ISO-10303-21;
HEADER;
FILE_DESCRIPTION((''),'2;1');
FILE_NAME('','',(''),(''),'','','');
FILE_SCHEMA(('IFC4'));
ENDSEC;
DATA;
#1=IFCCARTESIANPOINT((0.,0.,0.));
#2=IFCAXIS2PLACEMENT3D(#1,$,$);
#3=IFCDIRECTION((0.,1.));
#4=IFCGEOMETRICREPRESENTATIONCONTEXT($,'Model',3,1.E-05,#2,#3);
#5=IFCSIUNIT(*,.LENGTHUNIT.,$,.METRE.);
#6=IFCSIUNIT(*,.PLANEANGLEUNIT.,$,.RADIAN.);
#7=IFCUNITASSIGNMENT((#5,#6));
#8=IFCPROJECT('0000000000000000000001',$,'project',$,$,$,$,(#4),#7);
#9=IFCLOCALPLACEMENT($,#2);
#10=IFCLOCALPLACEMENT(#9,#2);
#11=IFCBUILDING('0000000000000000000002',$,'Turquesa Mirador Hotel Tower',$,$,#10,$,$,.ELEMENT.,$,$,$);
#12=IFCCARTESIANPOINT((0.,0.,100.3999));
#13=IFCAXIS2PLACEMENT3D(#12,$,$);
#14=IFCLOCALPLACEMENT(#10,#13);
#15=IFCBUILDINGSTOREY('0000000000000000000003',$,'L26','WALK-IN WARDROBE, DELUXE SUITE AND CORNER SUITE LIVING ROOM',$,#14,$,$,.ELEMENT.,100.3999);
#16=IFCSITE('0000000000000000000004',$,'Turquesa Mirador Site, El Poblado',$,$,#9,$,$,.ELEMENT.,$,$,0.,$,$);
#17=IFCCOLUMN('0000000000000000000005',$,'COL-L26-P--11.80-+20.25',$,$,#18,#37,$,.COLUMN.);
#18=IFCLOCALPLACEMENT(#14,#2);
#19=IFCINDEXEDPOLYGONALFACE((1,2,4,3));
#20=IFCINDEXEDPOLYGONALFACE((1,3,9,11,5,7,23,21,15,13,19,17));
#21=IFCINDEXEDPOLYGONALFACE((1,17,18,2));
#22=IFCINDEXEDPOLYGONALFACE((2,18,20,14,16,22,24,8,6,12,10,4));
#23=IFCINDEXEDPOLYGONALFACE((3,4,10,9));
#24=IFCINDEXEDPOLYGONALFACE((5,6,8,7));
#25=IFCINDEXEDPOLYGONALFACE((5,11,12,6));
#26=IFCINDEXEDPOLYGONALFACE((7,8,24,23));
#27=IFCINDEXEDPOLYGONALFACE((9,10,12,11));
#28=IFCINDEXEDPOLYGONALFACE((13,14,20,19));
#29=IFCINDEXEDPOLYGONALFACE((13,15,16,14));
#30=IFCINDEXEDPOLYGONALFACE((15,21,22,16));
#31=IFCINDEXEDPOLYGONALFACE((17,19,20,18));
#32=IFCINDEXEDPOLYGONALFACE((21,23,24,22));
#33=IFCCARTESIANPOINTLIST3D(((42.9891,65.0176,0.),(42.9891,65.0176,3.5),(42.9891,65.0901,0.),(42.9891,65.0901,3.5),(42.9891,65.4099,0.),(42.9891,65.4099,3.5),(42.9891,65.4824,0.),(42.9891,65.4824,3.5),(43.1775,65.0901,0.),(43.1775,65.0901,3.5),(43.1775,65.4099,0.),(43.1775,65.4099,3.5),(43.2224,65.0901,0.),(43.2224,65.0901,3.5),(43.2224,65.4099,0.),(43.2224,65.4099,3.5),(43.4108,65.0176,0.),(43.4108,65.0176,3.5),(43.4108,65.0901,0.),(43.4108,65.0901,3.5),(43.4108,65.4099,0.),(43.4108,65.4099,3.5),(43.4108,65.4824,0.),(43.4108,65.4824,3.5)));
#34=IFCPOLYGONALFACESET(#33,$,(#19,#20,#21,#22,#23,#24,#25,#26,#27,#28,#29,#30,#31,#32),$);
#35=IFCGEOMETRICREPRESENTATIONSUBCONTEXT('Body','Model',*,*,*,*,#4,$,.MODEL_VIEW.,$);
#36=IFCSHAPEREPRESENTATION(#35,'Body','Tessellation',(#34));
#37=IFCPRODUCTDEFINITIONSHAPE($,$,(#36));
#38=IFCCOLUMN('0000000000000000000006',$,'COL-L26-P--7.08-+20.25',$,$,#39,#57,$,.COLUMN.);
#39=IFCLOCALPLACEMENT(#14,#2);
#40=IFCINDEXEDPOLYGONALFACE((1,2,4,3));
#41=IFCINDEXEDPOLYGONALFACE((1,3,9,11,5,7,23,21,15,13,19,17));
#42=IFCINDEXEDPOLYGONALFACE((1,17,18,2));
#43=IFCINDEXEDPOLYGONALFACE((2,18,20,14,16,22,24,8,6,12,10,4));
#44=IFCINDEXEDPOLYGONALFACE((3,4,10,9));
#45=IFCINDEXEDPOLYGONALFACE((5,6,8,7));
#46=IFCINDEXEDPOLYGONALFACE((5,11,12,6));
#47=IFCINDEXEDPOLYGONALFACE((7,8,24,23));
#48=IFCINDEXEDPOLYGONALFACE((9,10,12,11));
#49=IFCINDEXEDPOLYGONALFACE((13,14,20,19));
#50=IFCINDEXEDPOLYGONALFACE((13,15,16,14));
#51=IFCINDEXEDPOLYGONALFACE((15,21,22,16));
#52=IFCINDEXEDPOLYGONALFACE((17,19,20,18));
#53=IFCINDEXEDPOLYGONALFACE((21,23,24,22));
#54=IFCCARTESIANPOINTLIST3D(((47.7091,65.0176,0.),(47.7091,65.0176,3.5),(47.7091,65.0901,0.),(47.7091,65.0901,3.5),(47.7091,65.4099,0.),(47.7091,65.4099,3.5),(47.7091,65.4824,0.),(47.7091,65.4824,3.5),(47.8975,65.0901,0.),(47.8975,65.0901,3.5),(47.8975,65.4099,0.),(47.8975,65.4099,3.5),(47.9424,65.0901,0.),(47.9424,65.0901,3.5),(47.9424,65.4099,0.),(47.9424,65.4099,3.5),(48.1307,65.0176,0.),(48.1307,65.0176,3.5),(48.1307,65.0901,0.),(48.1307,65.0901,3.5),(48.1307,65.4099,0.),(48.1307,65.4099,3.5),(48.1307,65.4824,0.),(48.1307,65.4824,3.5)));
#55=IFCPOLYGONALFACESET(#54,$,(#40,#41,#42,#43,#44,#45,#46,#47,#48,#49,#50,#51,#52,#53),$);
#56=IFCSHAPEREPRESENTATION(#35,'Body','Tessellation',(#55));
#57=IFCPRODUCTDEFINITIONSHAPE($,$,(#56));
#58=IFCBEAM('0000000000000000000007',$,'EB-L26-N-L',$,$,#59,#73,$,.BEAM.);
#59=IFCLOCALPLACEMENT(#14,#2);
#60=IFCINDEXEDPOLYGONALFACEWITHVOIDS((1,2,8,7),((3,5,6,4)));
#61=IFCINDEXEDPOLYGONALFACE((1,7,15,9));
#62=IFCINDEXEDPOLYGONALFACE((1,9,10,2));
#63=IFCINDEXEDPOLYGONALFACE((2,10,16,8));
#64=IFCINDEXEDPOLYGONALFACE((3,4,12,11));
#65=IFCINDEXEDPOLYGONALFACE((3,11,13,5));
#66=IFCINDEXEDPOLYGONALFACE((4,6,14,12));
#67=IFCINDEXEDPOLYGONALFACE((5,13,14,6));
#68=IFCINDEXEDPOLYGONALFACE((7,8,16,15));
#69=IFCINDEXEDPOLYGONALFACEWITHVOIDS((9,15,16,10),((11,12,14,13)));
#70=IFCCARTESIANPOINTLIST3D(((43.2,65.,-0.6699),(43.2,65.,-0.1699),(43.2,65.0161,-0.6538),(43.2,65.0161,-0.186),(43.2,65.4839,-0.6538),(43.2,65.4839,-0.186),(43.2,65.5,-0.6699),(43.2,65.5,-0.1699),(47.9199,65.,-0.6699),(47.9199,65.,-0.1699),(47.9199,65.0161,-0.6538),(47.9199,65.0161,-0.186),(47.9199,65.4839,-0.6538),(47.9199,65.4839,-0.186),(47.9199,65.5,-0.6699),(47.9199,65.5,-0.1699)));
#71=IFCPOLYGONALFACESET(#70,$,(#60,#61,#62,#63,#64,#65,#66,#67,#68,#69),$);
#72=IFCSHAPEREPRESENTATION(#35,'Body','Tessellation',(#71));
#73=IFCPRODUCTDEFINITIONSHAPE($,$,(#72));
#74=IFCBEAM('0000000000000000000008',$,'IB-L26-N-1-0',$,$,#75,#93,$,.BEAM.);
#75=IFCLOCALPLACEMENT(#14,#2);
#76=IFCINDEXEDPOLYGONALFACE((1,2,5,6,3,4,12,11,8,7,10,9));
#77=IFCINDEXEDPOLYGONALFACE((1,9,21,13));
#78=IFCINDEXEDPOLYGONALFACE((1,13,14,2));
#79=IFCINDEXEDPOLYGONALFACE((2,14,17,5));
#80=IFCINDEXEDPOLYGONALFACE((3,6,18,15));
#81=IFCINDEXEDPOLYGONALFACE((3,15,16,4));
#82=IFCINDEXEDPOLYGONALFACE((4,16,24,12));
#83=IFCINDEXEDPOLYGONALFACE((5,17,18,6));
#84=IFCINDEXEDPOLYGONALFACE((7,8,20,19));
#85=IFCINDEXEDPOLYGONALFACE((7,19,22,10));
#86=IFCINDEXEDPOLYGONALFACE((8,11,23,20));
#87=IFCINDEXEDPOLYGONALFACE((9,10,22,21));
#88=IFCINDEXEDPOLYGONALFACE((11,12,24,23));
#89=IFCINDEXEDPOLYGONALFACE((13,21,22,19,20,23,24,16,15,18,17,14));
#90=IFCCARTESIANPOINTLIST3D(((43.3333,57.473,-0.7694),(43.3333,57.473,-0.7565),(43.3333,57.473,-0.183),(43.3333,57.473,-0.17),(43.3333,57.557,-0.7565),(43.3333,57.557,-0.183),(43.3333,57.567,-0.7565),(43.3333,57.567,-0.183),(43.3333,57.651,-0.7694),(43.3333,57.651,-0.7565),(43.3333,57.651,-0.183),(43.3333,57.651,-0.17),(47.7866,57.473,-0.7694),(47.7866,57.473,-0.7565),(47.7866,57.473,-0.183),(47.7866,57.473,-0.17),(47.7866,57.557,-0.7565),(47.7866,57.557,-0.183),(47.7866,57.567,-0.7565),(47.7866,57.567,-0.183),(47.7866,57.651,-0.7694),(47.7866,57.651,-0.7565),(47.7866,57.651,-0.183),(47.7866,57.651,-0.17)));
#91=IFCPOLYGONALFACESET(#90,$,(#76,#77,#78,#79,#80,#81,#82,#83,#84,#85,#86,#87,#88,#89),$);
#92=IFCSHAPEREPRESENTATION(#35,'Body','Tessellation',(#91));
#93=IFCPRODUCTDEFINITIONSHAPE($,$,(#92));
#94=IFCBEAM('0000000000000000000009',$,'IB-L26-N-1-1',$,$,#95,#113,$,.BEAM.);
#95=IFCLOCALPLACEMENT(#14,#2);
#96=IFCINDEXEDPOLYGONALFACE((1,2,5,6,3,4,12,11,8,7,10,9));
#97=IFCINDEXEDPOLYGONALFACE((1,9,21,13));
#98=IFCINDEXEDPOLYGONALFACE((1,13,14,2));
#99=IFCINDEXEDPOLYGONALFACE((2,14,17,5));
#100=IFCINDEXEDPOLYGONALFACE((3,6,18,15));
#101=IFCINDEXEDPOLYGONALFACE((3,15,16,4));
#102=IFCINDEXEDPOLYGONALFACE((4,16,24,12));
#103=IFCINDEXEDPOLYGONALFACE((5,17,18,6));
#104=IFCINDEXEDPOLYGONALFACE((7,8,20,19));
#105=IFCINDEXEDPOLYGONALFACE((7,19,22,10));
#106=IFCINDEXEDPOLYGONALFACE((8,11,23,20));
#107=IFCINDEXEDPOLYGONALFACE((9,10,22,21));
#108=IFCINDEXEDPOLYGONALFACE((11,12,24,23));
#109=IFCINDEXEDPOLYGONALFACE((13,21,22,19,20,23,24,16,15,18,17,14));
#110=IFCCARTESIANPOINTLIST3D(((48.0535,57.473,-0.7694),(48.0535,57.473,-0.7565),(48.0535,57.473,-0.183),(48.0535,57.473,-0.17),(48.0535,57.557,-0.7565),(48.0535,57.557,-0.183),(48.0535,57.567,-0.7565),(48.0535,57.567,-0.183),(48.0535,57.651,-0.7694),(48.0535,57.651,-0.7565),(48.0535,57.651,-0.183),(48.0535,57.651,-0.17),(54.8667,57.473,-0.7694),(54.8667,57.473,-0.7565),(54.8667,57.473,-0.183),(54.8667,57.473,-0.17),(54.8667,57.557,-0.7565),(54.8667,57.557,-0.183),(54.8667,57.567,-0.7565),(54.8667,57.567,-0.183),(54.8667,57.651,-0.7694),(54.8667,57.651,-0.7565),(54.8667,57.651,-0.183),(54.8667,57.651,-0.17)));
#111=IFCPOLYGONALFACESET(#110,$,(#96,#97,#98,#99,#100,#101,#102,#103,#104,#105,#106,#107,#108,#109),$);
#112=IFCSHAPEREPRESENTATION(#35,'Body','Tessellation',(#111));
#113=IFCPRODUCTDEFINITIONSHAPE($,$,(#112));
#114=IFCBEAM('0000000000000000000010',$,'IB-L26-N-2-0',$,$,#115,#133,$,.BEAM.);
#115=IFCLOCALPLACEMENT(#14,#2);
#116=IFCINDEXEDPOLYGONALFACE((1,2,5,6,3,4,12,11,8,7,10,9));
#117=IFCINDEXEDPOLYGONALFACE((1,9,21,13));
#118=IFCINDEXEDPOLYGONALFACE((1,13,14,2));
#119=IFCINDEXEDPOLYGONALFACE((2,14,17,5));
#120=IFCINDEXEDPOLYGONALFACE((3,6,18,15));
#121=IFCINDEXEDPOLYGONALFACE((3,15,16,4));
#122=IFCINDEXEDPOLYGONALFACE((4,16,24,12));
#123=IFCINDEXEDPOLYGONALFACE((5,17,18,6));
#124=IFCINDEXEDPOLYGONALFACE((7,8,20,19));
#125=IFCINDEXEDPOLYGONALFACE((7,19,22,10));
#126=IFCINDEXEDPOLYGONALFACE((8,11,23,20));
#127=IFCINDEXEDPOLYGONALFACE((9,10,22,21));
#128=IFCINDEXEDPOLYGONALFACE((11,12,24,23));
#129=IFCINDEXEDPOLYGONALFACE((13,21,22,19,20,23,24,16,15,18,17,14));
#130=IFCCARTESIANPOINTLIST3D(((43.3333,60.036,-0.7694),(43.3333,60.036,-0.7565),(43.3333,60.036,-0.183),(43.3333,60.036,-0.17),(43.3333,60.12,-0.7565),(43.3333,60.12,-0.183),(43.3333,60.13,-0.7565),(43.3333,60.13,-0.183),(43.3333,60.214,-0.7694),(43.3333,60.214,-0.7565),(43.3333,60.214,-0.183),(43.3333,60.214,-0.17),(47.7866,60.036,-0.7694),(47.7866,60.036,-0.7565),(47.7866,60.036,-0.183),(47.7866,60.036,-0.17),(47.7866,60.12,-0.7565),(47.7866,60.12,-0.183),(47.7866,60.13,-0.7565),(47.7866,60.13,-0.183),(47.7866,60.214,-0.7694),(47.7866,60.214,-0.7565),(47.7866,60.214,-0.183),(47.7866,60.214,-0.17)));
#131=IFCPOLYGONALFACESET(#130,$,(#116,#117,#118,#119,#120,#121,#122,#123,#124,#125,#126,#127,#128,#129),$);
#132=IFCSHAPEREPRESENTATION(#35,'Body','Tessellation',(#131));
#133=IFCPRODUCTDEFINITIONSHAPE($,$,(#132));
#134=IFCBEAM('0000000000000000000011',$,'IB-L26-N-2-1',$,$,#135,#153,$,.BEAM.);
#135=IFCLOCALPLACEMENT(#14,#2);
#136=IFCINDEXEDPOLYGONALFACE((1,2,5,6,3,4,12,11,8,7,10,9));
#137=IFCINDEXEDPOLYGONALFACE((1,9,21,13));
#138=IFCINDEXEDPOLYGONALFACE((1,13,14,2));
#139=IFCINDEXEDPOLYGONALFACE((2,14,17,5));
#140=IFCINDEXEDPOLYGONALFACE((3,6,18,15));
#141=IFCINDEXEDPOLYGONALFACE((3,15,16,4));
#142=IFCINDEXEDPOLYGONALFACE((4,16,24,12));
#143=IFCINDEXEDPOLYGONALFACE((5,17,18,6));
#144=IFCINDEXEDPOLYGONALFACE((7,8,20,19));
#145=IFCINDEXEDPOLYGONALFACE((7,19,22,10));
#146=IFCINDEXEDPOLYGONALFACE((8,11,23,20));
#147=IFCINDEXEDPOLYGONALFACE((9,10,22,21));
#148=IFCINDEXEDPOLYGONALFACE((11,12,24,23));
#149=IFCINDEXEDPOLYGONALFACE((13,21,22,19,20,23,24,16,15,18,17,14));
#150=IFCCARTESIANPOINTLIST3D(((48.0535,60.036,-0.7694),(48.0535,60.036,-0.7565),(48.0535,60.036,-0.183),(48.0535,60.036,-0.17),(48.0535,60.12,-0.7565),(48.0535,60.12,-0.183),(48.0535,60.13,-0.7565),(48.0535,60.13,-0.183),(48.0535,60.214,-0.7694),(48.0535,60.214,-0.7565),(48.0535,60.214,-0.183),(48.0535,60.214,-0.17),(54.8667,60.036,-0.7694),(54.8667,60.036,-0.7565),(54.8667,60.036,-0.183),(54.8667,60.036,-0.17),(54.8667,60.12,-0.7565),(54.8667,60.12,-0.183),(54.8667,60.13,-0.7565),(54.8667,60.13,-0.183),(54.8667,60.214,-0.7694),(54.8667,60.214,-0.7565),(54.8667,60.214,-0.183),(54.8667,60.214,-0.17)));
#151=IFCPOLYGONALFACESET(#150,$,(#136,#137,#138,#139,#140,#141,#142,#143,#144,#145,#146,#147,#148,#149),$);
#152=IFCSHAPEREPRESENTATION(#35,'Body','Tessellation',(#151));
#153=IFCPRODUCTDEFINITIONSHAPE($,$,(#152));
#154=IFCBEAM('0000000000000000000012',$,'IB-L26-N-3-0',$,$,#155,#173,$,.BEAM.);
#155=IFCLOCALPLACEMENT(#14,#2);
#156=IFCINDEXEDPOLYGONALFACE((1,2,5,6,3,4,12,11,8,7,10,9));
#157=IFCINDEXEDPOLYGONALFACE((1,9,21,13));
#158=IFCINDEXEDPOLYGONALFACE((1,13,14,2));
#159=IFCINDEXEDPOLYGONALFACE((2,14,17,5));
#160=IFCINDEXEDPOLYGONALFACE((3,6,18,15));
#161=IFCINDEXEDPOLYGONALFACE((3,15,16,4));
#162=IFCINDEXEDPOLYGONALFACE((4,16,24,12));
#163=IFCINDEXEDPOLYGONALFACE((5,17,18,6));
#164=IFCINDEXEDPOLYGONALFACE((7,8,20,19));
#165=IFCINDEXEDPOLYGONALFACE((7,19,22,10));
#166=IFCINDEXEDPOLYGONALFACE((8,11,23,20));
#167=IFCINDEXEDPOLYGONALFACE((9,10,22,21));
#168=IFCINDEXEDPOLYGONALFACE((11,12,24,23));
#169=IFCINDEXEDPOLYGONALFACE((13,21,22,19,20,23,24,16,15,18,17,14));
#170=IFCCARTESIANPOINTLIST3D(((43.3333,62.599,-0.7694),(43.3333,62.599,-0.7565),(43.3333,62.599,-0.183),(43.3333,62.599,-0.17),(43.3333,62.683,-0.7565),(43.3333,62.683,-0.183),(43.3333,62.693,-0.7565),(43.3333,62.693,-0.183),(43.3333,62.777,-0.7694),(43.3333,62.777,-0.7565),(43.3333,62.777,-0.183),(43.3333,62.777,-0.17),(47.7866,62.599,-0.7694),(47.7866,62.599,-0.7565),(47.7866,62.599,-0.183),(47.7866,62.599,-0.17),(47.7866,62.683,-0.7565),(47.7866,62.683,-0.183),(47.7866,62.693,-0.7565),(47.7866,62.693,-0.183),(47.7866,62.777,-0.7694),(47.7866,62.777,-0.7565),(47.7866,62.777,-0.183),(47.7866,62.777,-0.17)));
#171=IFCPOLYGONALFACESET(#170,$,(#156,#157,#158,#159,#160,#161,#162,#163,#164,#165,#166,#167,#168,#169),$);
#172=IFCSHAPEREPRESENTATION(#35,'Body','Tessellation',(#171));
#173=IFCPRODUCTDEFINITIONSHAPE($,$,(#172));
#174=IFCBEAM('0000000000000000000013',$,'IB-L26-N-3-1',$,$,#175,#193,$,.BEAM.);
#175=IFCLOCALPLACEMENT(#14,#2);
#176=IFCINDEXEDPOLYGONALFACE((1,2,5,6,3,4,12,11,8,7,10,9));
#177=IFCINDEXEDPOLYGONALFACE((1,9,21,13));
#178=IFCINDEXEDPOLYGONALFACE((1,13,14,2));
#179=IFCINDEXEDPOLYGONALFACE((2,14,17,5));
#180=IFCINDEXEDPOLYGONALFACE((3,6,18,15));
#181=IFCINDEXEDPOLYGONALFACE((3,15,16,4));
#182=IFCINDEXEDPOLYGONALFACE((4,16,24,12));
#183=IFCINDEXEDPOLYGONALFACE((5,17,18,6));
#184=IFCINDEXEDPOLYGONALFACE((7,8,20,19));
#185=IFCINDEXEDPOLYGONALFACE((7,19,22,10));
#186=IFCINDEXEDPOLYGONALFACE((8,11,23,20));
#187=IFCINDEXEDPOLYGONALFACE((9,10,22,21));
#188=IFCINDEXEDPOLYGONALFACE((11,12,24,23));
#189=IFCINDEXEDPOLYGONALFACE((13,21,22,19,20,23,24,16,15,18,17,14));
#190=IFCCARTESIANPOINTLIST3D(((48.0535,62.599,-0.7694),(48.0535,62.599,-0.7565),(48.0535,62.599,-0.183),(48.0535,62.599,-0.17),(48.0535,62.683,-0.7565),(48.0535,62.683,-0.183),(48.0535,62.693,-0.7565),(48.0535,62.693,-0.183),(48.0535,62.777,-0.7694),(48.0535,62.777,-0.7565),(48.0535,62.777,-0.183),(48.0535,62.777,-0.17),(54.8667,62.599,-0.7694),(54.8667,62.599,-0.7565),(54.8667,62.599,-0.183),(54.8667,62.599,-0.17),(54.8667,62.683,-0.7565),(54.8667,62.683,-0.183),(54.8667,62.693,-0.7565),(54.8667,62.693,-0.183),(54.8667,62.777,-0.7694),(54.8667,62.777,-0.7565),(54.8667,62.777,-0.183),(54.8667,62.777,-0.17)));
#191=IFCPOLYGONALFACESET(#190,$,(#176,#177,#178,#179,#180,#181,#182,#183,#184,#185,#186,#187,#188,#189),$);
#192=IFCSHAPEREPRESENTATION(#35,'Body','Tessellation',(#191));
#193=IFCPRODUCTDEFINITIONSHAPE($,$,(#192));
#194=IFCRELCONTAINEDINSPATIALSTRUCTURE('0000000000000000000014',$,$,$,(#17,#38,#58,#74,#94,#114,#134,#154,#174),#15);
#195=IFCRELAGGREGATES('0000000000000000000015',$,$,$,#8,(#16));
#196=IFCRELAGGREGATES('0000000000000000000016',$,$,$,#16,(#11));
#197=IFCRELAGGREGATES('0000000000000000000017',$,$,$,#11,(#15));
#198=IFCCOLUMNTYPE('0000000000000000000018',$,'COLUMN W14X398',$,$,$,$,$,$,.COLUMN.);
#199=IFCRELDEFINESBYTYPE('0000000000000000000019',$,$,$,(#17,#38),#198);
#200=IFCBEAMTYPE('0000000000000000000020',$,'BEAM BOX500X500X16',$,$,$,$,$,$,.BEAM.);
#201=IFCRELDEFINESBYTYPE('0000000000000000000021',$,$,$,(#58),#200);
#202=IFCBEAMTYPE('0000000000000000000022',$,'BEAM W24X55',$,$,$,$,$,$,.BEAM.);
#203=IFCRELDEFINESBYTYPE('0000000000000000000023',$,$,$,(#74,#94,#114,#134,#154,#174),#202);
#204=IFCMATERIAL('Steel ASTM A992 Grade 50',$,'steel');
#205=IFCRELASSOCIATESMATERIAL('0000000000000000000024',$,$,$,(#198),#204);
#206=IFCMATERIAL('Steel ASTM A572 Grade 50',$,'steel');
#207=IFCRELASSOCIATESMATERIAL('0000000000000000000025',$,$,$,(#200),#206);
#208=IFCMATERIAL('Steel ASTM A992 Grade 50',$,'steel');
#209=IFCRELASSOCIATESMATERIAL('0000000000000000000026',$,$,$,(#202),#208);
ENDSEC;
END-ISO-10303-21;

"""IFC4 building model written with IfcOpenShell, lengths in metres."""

from ifc_helpers import new_model, si_unit, direction, frame, origin, origin_2d, place, context, subcontext, project, spatial, hollow_rectangle, i_section, extrude, material, material_profile, profile_set, type_object, element, save


model = new_model("IFC4")

# Units and contexts
model_context = context("Model", 3, precision=1e-05, world=origin(), true_north=direction((0.0, 1.0)))
body_context = subcontext(model_context, "Body", "Model", "MODEL_VIEW")
ifc_project = project(units=[si_unit("LENGTHUNIT", "METRE"), si_unit("PLANEANGLEUNIT", "RADIAN")], contexts=[model_context])

# Site, building, storey
site_placement = place(None, origin())
site = spatial("IfcSite", under=ifc_project, at=site_placement, Name="Turquesa Mirador Site, El Poblado", CompositionType="ELEMENT", RefElevation=0.0)
building_placement = place(site_placement, origin())
building = spatial("IfcBuilding", under=site, at=building_placement, Name="Turquesa Mirador Hotel Tower", CompositionType="ELEMENT")
storey_placement = place(building_placement, frame((0.0, 0.0, 100.3999)))
storey = spatial("IfcBuildingStorey", under=building, at=storey_placement, Name="L26", Description="WALK-IN WARDROBE, DELUXE SUITE AND CORNER SUITE LIVING ROOM", CompositionType="ELEMENT", Elevation=100.3999)

# Columns
ifc_material_1 = material(Name="Steel ASTM A992 Grade 50", Category="steel")
ifc_material_profile_1 = material_profile(ifc_material_1, i_section(OverallWidth=0.4216, OverallDepth=0.4648, WebThickness=0.0449, FlangeThickness=0.0725, at=origin_2d()), Name="W14X398")
ifc_profile_set_1 = profile_set([ifc_material_profile_1], Name="Steel ASTM A992 Grade 50")
column_type = type_object("IfcColumnType", Name="COLUMN W14X398", PredefinedType="COLUMN", material=ifc_profile_set_1)
for number, where, z_axis, x_axis, name in (
    (1, (43.2, 65.25, 0.0), (0.0, 0.0, 1.0), (1.0, 0.0, 0.0), "COL-L26-P--11.80-+20.25"),
    (2, (47.9199, 65.25, 0.0), (0.0, 0.0, 1.0), (1.0, 0.0, 0.0), "COL-L26-P--7.08-+20.25"),
):
    element("IfcColumn", number, at=place(storey_placement, frame(where, z_axis=z_axis, x_axis=x_axis)), inside=storey, type_object=column_type, Name=name, PredefinedType="COLUMN", context=body_context, shape_type="SweptSolid", body=[
        extrude(i_section(OverallWidth=0.4216, OverallDepth=0.4648, WebThickness=0.0449, FlangeThickness=0.0725, at=origin_2d()), origin(), (0.0, 0.0, 1.0), 3.5),
    ])

# Beams
ifc_material_2 = material(Name="Steel ASTM A572 Grade 50", Category="steel")
ifc_material_profile_2 = material_profile(ifc_material_2, hollow_rectangle(XDim=0.5, YDim=0.5, WallThickness=0.0161, at=origin_2d()), Name="BOX500X500X16")
ifc_profile_set_2 = profile_set([ifc_material_profile_2], Name="Steel ASTM A572 Grade 50")
beam_type_1 = type_object("IfcBeamType", Name="BEAM BOX500X500X16", PredefinedType="BEAM", material=ifc_profile_set_2)
beam_1_placement = place(storey_placement, frame((43.2, 65.25, -0.4199), z_axis=(1.0, 0.0, 0.0), x_axis=(0.0, 1.0, 0.0)))
element("IfcBeam", 3, at=beam_1_placement, inside=storey, type_object=beam_type_1, Name="EB-L26-N-L", PredefinedType="BEAM", context=body_context, shape_type="SweptSolid", body=[
    extrude(hollow_rectangle(XDim=0.5, YDim=0.5, WallThickness=0.0161, at=origin_2d()), origin(), (0.0, 0.0, 1.0), 4.72),
])
ifc_material_3 = material(Name="Steel ASTM A992 Grade 50", Category="steel")
ifc_material_profile_3 = material_profile(ifc_material_3, i_section(OverallWidth=0.178, OverallDepth=0.5994, WebThickness=0.01, FlangeThickness=0.0129, at=origin_2d()), Name="W24X55")
ifc_profile_set_3 = profile_set([ifc_material_profile_3], Name="Steel ASTM A992 Grade 50")
beam_type_2 = type_object("IfcBeamType", Name="BEAM W24X55", PredefinedType="BEAM", material=ifc_profile_set_3)
beam_2_placement = place(storey_placement, frame((43.3333, 57.562, -0.4697), z_axis=(1.0, 0.0, 0.0), x_axis=(0.0, 1.0, 0.0)))
element("IfcBeam", 4, at=beam_2_placement, inside=storey, type_object=beam_type_2, Name="IB-L26-N-1-0", PredefinedType="BEAM", context=body_context, shape_type="SweptSolid", body=[
    extrude(i_section(OverallWidth=0.178, OverallDepth=0.5994, WebThickness=0.01, FlangeThickness=0.0129, at=origin_2d()), origin(), (0.0, 0.0, 1.0), 4.4534),
])
beam_3_placement = place(storey_placement, frame((48.0535, 57.562, -0.4697), z_axis=(1.0, 0.0, 0.0), x_axis=(0.0, 1.0, 0.0)))
element("IfcBeam", 5, at=beam_3_placement, inside=storey, type_object=beam_type_2, Name="IB-L26-N-1-1", PredefinedType="BEAM", context=body_context, shape_type="SweptSolid", body=[
    extrude(i_section(OverallWidth=0.178, OverallDepth=0.5994, WebThickness=0.01, FlangeThickness=0.0129, at=origin_2d()), origin(), (0.0, 0.0, 1.0), 6.8132),
])
beam_4_placement = place(storey_placement, frame((43.3333, 60.125, -0.4697), z_axis=(1.0, 0.0, 0.0), x_axis=(0.0, 1.0, 0.0)))
element("IfcBeam", 6, at=beam_4_placement, inside=storey, type_object=beam_type_2, Name="IB-L26-N-2-0", PredefinedType="BEAM", context=body_context, shape_type="SweptSolid", body=[
    extrude(i_section(OverallWidth=0.178, OverallDepth=0.5994, WebThickness=0.01, FlangeThickness=0.0129, at=origin_2d()), origin(), (0.0, 0.0, 1.0), 4.4534),
])
beam_5_placement = place(storey_placement, frame((48.0535, 60.125, -0.4697), z_axis=(1.0, 0.0, 0.0), x_axis=(0.0, 1.0, 0.0)))
element("IfcBeam", 7, at=beam_5_placement, inside=storey, type_object=beam_type_2, Name="IB-L26-N-2-1", PredefinedType="BEAM", context=body_context, shape_type="SweptSolid", body=[
    extrude(i_section(OverallWidth=0.178, OverallDepth=0.5994, WebThickness=0.01, FlangeThickness=0.0129, at=origin_2d()), origin(), (0.0, 0.0, 1.0), 6.8132),
])
beam_6_placement = place(storey_placement, frame((43.3333, 62.688, -0.4697), z_axis=(1.0, 0.0, 0.0), x_axis=(0.0, 1.0, 0.0)))
element("IfcBeam", 8, at=beam_6_placement, inside=storey, type_object=beam_type_2, Name="IB-L26-N-3-0", PredefinedType="BEAM", context=body_context, shape_type="SweptSolid", body=[
    extrude(i_section(OverallWidth=0.178, OverallDepth=0.5994, WebThickness=0.01, FlangeThickness=0.0129, at=origin_2d()), origin(), (0.0, 0.0, 1.0), 4.4534),
])
beam_7_placement = place(storey_placement, frame((48.0535, 62.688, -0.4697), z_axis=(1.0, 0.0, 0.0), x_axis=(0.0, 1.0, 0.0)))
element("IfcBeam", 9, at=beam_7_placement, inside=storey, type_object=beam_type_2, Name="IB-L26-N-3-1", PredefinedType="BEAM", context=body_context, shape_type="SweptSolid", body=[
    extrude(i_section(OverallWidth=0.178, OverallDepth=0.5994, WebThickness=0.01, FlangeThickness=0.0129, at=origin_2d()), origin(), (0.0, 0.0, 1.0), 6.8132),
])

save(model, "model.ifc")
